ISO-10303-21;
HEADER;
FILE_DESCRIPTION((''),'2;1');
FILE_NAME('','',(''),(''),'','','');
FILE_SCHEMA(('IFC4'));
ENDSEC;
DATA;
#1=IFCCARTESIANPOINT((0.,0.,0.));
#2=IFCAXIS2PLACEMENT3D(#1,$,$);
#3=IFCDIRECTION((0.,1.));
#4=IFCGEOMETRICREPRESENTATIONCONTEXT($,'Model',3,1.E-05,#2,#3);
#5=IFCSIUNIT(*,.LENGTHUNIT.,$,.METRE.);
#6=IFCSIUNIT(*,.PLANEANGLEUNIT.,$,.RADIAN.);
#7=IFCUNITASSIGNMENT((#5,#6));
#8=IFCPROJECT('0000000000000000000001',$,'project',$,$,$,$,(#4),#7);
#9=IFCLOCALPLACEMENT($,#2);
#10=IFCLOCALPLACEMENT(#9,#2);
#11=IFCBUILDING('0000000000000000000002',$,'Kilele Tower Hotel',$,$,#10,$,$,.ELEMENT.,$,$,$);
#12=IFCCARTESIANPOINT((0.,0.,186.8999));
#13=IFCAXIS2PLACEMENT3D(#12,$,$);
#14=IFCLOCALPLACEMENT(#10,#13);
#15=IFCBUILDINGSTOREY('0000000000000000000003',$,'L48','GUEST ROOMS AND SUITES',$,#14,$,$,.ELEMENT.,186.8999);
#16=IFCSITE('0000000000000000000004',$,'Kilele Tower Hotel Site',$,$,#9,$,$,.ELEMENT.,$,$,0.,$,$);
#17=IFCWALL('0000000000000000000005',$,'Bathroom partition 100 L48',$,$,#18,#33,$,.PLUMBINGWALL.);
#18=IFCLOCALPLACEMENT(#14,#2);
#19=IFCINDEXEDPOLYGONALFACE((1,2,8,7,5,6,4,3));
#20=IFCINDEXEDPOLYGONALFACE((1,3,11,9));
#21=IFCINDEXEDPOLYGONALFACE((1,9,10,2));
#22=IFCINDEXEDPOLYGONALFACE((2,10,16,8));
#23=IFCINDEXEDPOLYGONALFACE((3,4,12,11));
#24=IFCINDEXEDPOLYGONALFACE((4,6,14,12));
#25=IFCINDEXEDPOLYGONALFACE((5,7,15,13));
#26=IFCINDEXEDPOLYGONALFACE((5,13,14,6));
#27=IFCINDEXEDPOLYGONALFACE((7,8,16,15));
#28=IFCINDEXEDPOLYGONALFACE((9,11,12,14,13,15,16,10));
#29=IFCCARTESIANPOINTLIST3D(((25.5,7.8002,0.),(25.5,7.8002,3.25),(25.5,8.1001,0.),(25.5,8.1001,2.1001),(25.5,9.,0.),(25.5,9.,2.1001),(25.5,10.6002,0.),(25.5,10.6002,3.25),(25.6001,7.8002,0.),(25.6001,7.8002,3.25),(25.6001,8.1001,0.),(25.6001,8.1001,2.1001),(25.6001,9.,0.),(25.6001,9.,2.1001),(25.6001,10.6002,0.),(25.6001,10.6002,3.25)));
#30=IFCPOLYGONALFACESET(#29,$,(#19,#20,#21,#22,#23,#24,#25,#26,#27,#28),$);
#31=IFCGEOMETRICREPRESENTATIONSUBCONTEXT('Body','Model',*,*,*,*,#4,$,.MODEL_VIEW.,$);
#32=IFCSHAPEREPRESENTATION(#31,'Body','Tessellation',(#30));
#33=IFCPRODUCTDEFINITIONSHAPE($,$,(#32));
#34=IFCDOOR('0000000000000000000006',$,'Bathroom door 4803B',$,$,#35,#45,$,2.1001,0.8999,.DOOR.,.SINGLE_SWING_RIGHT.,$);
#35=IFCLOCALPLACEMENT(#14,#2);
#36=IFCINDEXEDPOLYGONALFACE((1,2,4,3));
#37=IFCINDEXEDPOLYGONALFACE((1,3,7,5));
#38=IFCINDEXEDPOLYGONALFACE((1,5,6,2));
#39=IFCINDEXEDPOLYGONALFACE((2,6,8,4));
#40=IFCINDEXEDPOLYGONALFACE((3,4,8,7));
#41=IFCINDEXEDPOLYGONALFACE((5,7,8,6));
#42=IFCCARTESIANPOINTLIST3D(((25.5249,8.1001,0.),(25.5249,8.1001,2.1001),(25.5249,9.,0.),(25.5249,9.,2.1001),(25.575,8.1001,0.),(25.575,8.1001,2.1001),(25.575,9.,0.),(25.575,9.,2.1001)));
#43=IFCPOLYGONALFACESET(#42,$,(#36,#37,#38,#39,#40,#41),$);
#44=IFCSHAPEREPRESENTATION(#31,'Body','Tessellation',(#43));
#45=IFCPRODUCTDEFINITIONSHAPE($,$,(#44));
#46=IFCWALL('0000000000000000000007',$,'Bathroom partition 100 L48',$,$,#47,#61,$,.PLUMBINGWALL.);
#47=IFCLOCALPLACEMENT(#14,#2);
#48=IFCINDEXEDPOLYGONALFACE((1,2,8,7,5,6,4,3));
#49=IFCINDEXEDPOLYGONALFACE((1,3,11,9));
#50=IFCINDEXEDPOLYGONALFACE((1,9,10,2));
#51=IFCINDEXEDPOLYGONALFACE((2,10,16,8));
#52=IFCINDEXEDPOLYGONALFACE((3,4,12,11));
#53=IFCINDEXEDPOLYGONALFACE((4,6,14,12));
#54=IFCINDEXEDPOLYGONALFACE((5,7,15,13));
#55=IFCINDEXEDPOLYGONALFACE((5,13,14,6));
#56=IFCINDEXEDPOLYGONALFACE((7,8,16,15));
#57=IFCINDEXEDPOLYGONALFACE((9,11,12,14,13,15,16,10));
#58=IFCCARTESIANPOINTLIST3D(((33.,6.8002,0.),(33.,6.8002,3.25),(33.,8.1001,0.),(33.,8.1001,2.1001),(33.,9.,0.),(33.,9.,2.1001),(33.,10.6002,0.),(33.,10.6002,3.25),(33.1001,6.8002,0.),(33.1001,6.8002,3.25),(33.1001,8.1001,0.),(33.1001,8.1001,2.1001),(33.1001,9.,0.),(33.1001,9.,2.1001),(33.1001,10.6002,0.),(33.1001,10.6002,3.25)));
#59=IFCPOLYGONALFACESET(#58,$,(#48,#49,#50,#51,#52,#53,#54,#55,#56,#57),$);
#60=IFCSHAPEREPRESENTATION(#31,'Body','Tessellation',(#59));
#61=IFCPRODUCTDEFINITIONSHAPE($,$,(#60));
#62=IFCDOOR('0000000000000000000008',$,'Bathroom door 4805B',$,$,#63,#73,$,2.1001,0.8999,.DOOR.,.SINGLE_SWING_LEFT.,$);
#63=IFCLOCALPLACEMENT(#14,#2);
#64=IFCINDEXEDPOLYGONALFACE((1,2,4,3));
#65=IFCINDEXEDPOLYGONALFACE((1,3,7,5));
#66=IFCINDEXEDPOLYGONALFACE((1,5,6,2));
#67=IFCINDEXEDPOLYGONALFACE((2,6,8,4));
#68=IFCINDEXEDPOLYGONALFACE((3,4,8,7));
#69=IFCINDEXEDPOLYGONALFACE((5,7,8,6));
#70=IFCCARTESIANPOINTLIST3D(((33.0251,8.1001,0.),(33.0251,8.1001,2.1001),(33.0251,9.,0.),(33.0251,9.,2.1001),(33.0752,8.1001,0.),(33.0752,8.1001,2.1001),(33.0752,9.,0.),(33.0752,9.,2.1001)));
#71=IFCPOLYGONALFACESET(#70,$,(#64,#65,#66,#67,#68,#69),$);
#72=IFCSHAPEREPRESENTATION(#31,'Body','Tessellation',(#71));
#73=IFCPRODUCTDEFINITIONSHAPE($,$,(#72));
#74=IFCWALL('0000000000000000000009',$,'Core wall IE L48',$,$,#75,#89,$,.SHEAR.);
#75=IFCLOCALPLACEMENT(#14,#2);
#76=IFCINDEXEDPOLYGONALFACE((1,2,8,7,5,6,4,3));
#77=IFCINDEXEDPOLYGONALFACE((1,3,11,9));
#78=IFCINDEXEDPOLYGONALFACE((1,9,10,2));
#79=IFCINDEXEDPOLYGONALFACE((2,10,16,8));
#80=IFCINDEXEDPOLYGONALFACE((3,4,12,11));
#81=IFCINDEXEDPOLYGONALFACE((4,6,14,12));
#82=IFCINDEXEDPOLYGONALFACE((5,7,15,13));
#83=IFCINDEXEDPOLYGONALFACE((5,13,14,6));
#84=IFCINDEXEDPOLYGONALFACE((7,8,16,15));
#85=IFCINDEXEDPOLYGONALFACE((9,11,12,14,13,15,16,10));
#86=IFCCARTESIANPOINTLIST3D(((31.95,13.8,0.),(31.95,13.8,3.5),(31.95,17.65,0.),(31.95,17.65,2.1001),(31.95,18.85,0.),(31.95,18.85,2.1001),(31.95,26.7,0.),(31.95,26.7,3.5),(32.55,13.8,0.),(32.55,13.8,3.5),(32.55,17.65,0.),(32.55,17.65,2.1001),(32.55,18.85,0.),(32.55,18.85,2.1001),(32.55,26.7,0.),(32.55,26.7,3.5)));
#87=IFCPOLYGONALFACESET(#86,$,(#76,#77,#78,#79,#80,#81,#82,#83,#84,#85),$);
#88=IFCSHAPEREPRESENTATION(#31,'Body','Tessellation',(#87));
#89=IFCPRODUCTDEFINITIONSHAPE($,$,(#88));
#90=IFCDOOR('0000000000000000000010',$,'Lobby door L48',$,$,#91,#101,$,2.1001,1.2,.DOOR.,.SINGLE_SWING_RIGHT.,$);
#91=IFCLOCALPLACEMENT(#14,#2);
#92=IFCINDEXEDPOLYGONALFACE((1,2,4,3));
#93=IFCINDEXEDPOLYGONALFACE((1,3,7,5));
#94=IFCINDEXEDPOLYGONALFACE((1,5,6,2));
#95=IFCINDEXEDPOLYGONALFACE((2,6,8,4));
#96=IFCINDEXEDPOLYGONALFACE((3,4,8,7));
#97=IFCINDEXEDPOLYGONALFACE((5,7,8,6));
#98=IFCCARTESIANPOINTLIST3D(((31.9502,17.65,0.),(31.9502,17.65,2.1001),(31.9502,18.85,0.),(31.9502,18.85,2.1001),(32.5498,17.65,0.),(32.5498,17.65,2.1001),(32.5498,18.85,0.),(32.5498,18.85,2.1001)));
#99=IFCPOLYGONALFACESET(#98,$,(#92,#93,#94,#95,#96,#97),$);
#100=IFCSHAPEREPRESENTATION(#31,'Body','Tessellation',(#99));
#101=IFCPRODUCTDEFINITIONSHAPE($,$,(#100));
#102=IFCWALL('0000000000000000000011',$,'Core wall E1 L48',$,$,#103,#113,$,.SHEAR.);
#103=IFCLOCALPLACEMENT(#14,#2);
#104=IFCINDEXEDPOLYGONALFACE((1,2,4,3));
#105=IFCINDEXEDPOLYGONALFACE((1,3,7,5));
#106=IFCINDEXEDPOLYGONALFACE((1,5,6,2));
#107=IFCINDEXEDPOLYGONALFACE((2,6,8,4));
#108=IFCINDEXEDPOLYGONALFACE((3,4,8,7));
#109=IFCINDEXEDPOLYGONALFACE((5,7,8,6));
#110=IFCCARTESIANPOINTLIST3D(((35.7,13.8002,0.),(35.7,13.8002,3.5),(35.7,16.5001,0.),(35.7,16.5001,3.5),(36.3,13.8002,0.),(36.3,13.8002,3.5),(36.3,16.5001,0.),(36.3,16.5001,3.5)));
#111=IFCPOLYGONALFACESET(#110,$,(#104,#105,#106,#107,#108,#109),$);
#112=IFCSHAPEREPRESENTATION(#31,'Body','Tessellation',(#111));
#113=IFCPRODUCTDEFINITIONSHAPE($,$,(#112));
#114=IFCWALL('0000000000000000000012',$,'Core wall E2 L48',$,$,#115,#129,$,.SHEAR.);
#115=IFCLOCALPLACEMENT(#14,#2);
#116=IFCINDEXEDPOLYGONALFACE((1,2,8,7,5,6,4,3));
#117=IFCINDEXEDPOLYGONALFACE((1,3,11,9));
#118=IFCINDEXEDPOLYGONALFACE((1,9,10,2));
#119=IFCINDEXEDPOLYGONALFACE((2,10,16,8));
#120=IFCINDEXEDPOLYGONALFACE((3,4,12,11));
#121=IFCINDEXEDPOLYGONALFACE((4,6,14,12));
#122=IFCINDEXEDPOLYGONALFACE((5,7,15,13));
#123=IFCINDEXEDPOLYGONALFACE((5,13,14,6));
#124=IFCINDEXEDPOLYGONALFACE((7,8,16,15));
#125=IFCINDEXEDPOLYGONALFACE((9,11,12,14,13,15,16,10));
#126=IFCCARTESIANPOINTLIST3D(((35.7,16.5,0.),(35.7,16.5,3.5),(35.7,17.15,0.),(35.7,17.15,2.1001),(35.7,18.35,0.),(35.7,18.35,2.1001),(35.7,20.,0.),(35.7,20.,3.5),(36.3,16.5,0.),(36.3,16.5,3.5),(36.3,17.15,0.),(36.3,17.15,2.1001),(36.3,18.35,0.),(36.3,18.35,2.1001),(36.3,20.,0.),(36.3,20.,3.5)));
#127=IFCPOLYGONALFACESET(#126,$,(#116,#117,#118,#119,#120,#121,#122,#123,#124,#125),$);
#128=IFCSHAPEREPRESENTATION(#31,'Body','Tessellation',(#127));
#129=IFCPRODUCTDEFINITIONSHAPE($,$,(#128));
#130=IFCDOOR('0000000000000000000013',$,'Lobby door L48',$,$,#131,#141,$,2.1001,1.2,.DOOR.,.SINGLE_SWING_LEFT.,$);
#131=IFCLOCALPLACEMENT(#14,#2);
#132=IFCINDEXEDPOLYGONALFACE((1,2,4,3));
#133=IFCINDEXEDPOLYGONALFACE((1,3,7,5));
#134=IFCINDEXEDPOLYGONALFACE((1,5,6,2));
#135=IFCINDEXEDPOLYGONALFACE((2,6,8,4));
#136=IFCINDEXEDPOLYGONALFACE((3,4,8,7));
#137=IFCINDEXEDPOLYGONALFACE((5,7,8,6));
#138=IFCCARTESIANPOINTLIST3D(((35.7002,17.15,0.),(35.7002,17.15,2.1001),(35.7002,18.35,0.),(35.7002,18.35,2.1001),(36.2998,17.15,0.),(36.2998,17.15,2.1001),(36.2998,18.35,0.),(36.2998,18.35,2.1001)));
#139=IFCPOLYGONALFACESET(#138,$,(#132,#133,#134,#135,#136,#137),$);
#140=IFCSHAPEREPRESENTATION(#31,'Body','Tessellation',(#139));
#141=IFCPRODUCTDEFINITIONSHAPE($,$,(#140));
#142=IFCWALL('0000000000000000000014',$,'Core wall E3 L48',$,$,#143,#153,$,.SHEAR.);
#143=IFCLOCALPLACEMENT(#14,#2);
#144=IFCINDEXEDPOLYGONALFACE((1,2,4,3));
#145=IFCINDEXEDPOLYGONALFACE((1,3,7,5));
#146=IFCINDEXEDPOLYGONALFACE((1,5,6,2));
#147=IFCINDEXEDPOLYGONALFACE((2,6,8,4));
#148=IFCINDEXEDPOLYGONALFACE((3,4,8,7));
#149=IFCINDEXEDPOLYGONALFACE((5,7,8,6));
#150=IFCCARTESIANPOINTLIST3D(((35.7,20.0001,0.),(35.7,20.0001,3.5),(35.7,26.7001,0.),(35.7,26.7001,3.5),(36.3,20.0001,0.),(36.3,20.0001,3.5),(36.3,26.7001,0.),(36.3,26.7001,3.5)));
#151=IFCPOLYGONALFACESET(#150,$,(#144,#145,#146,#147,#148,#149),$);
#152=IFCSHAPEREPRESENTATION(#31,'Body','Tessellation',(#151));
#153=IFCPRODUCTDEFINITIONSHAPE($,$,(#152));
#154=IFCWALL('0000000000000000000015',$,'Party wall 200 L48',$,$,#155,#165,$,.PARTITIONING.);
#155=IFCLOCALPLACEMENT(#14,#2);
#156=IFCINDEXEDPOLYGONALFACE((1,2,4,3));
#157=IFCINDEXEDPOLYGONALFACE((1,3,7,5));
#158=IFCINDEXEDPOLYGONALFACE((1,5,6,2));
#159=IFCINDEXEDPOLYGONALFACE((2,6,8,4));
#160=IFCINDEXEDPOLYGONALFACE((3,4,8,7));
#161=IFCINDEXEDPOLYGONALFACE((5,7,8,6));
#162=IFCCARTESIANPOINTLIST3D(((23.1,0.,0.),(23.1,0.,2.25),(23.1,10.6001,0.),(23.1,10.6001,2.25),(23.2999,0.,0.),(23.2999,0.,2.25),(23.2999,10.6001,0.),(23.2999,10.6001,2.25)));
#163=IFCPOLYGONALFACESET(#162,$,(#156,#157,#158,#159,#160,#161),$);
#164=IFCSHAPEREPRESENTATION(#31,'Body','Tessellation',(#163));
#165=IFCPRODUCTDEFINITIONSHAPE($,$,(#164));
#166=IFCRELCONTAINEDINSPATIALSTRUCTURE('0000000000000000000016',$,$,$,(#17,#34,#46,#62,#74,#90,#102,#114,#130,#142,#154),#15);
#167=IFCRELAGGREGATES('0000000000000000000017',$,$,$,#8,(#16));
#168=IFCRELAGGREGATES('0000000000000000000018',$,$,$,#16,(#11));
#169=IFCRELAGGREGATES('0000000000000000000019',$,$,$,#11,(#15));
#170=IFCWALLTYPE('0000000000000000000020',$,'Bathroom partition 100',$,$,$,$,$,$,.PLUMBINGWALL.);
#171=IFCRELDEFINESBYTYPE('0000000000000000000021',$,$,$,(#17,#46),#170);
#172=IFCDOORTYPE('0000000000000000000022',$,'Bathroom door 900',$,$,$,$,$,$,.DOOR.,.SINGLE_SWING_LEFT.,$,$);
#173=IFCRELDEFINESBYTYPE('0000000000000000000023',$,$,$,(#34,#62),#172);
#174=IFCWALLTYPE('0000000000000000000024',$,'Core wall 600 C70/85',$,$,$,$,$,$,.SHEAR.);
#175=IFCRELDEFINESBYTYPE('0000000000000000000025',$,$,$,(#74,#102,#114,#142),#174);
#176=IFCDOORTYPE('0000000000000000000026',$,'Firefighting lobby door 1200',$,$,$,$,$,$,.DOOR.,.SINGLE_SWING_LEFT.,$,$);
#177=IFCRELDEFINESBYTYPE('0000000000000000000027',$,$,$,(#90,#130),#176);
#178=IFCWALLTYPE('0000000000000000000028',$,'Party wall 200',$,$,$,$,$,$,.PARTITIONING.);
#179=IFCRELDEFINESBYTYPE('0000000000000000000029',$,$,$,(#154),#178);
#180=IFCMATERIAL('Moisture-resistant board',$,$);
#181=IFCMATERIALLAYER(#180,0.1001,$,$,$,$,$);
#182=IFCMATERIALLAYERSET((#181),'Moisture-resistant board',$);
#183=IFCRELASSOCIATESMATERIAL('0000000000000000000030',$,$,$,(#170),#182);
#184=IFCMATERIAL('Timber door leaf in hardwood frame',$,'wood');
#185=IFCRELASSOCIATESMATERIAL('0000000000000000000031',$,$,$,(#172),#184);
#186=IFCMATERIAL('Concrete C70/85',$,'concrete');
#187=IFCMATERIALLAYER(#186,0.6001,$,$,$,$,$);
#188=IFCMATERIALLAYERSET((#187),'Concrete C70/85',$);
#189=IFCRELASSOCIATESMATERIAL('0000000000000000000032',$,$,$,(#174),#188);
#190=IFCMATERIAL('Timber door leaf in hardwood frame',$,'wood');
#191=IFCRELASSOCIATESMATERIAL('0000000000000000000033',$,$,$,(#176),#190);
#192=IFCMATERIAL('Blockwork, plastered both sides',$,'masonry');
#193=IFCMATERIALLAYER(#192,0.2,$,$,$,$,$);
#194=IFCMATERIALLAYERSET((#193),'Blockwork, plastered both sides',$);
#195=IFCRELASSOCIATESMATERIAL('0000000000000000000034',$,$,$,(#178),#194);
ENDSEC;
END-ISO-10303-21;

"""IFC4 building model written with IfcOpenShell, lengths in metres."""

from ifc_helpers import new_model, si_unit, direction, frame, frame_2d, origin, place, context, subcontext, project, spatial, rectangle, extrude, material, layer, layer_set, type_object, element, fill, save


model = new_model("IFC4")

# Units and contexts
model_context = context("Model", 3, precision=1e-05, world=origin(), true_north=direction((0.0, 1.0)))
body_context = subcontext(model_context, "Body", "Model", "MODEL_VIEW")
ifc_project = project(units=[si_unit("LENGTHUNIT", "METRE"), si_unit("PLANEANGLEUNIT", "RADIAN")], contexts=[model_context])

# Site, building, storey
site_placement = place(None, origin())
site = spatial("IfcSite", under=ifc_project, at=site_placement, Name="Kilele Tower Hotel Site", CompositionType="ELEMENT", RefElevation=0.0)
building_placement = place(site_placement, origin())
building = spatial("IfcBuilding", under=site, at=building_placement, Name="Kilele Tower Hotel", CompositionType="ELEMENT")
storey_placement = place(building_placement, frame((0.0, 0.0, 186.8999)))
storey = spatial("IfcBuildingStorey", under=building, at=storey_placement, Name="L48", Description="GUEST ROOMS AND SUITES", CompositionType="ELEMENT", Elevation=186.8999)

# Walls, openings, doors
ifc_material_1 = material(Name="Moisture-resistant board")
ifc_layer_1 = layer(ifc_material_1, 0.1001)
ifc_layer_set_1 = layer_set([ifc_layer_1], Name="Moisture-resistant board")
wall_type_1 = type_object("IfcWallType", Name="Bathroom partition 100", PredefinedType="PLUMBINGWALL", material=ifc_layer_set_1)
wall_1_placement = place(storey_placement, frame((25.55, 10.6001, 0.0), z_axis=(0.0, 0.0, 1.0), x_axis=(0.0, -1.0, 0.0)))
wall_1 = element("IfcWall", 1, at=wall_1_placement, inside=storey, type_object=wall_type_1, Name="Bathroom partition 100 L48", PredefinedType="PLUMBINGWALL", context=body_context, shape_type="SweptSolid", body=[
    extrude(rectangle(XDim=2.8, YDim=0.1001, at=frame_2d((1.3999, 0.0))), origin(), (0.0, 0.0, 1.0), 3.25),
])
opening_1_placement = place(wall_1_placement, frame((1.6001, 0.0, 0.0)))
opening_1 = element("IfcOpeningElement", 2, at=opening_1_placement, cuts=wall_1, PredefinedType="OPENING", context=body_context, shape_type="SweptSolid", body=[
    extrude(rectangle(XDim=0.8999, YDim=2.1001, at=frame_2d((0.45, 1.05))), frame((0.0, 0.0601, 0.0), z_axis=(0.0, -1.0, 0.0), x_axis=(1.0, 0.0, 0.0)), (0.0, 0.0, 1.0), 0.1201),
])
ifc_material_2 = material(Name="Timber door leaf in hardwood frame", Category="wood")
door_type_1 = type_object("IfcDoorType", Name="Bathroom door 900", OperationType="SINGLE_SWING_LEFT", PredefinedType="DOOR", material=ifc_material_2)
door_1_placement = place(opening_1_placement, origin())
door_1 = element("IfcDoor", 3, at=door_1_placement, inside=storey, type_object=door_type_1, Name="Bathroom door 4803B", OperationType="SINGLE_SWING_RIGHT", OverallHeight=2.1001, OverallWidth=0.8999, PredefinedType="DOOR", context=body_context, shape_type="SweptSolid", body=[
    extrude(rectangle(XDim=0.8999, YDim=2.1001, at=frame_2d((0.45, 1.05))), frame((0.0, 0.0249, 0.0), z_axis=(0.0, -1.0, 0.0), x_axis=(1.0, 0.0, 0.0)), (0.0, 0.0, 1.0), 0.05),
])
fill(opening_1, door_1)
wall_2_placement = place(storey_placement, frame((33.05, 10.6001, 0.0), z_axis=(0.0, 0.0, 1.0), x_axis=(0.0, -1.0, 0.0)))
wall_2 = element("IfcWall", 4, at=wall_2_placement, inside=storey, type_object=wall_type_1, Name="Bathroom partition 100 L48", PredefinedType="PLUMBINGWALL", context=body_context, shape_type="SweptSolid", body=[
    extrude(rectangle(XDim=3.8, YDim=0.1001, at=frame_2d((1.8999, 0.0))), origin(), (0.0, 0.0, 1.0), 3.25),
])
opening_2_placement = place(wall_2_placement, frame((2.5, 0.0, 0.0), z_axis=(0.0, 0.0, 1.0), x_axis=(-1.0, 0.0, 0.0)))
opening_2 = element("IfcOpeningElement", 5, at=opening_2_placement, cuts=wall_2, PredefinedType="OPENING", context=body_context, shape_type="SweptSolid", body=[
    extrude(rectangle(XDim=0.8999, YDim=2.1001, at=frame_2d((0.45, 1.05))), frame((0.0, 0.0601, 0.0), z_axis=(0.0, -1.0, 0.0), x_axis=(1.0, 0.0, 0.0)), (0.0, 0.0, 1.0), 0.1201),
])
door_2_placement = place(opening_2_placement, origin())
door_2 = element("IfcDoor", 6, at=door_2_placement, inside=storey, type_object=door_type_1, Name="Bathroom door 4805B", OperationType="SINGLE_SWING_LEFT", OverallHeight=2.1001, OverallWidth=0.8999, PredefinedType="DOOR", context=body_context, shape_type="SweptSolid", body=[
    extrude(rectangle(XDim=0.8999, YDim=2.1001, at=frame_2d((0.45, 1.05))), frame((0.0, 0.0249, 0.0), z_axis=(0.0, -1.0, 0.0), x_axis=(1.0, 0.0, 0.0)), (0.0, 0.0, 1.0), 0.05),
])
fill(opening_2, door_2)
ifc_material_3 = material(Name="Concrete C70/85", Category="concrete")
ifc_layer_2 = layer(ifc_material_3, 0.6001)
ifc_layer_set_2 = layer_set([ifc_layer_2], Name="Concrete C70/85")
wall_type_2 = type_object("IfcWallType", Name="Core wall 600 C70/85", PredefinedType="SHEAR", material=ifc_layer_set_2)
wall_3_placement = place(storey_placement, frame((32.25, 13.8, 0.0), z_axis=(0.0, 0.0, 1.0), x_axis=(0.0, 1.0, 0.0)))
wall_3 = element("IfcWall", 7, at=wall_3_placement, inside=storey, type_object=wall_type_2, Name="Core wall IE L48", PredefinedType="SHEAR", context=body_context, shape_type="SweptSolid", body=[
    extrude(rectangle(XDim=12.8999, YDim=0.6001, at=frame_2d((6.45, 0.0))), origin(), (0.0, 0.0, 1.0), 3.5),
])
opening_3_placement = place(wall_3_placement, frame((5.05, 0.0, 0.0), z_axis=(0.0, 0.0, 1.0), x_axis=(-1.0, 0.0, 0.0)))
opening_3 = element("IfcOpeningElement", 8, at=opening_3_placement, cuts=wall_3, PredefinedType="OPENING", context=body_context, shape_type="SweptSolid", body=[
    extrude(rectangle(XDim=1.2, YDim=2.1001, at=frame_2d((0.6001, 1.05))), frame((0.0, 0.3101, 0.0), z_axis=(0.0, -1.0, 0.0), x_axis=(1.0, 0.0, 0.0)), (0.0, 0.0, 1.0), 0.6201),
])
ifc_material_4 = material(Name="Timber door leaf in hardwood frame", Category="wood")
door_type_2 = type_object("IfcDoorType", Name="Firefighting lobby door 1200", OperationType="SINGLE_SWING_LEFT", PredefinedType="DOOR", material=ifc_material_4)
door_3_placement = place(opening_3_placement, origin())
door_3 = element("IfcDoor", 9, at=door_3_placement, inside=storey, type_object=door_type_2, Name="Lobby door L48", OperationType="SINGLE_SWING_RIGHT", OverallHeight=2.1001, OverallWidth=1.2, PredefinedType="DOOR", context=body_context, shape_type="SweptSolid", body=[
    extrude(rectangle(XDim=1.2, YDim=2.1001, at=frame_2d((0.6001, 1.05))), frame((0.0, 0.2998, 0.0), z_axis=(0.0, -1.0, 0.0), x_axis=(1.0, 0.0, 0.0)), (0.0, 0.0, 1.0), 0.5996),
])
fill(opening_3, door_3)

# Wall
wall_4_placement = place(storey_placement, frame((36.0, 13.8, 0.0), z_axis=(0.0, 0.0, 1.0), x_axis=(0.0, 1.0, 0.0)))
element("IfcWall", 10, at=wall_4_placement, inside=storey, type_object=wall_type_2, Name="Core wall E1 L48", PredefinedType="SHEAR", context=body_context, shape_type="SweptSolid", body=[
    extrude(rectangle(XDim=2.7, YDim=0.6001, at=frame_2d((1.3501, 0.0))), origin(), (0.0, 0.0, 1.0), 3.5),
])

# Wall, opening, door
wall_5_placement = place(storey_placement, frame((36.0, 16.5, 0.0), z_axis=(0.0, 0.0, 1.0), x_axis=(0.0, 1.0, 0.0)))
wall_5 = element("IfcWall", 11, at=wall_5_placement, inside=storey, type_object=wall_type_2, Name="Core wall E2 L48", PredefinedType="SHEAR", context=body_context, shape_type="SweptSolid", body=[
    extrude(rectangle(XDim=3.5, YDim=0.6001, at=frame_2d((1.75, 0.0))), origin(), (0.0, 0.0, 1.0), 3.5),
])
opening_4_placement = place(wall_5_placement, frame((0.6499, 0.0, 0.0)))
opening_4 = element("IfcOpeningElement", 12, at=opening_4_placement, cuts=wall_5, PredefinedType="OPENING", context=body_context, shape_type="SweptSolid", body=[
    extrude(rectangle(XDim=1.2, YDim=2.1001, at=frame_2d((0.6001, 1.05))), frame((0.0, 0.3101, 0.0), z_axis=(0.0, -1.0, 0.0), x_axis=(1.0, 0.0, 0.0)), (0.0, 0.0, 1.0), 0.6201),
])
door_4_placement = place(opening_4_placement, origin())
door_4 = element("IfcDoor", 13, at=door_4_placement, inside=storey, type_object=door_type_2, Name="Lobby door L48", OperationType="SINGLE_SWING_LEFT", OverallHeight=2.1001, OverallWidth=1.2, PredefinedType="DOOR", context=body_context, shape_type="SweptSolid", body=[
    extrude(rectangle(XDim=1.2, YDim=2.1001, at=frame_2d((0.6001, 1.05))), frame((0.0, 0.2998, 0.0), z_axis=(0.0, -1.0, 0.0), x_axis=(1.0, 0.0, 0.0)), (0.0, 0.0, 1.0), 0.5996),
])
fill(opening_4, door_4)

# Walls
wall_6_placement = place(storey_placement, frame((36.0, 20.0, 0.0), z_axis=(0.0, 0.0, 1.0), x_axis=(0.0, 1.0, 0.0)))
element("IfcWall", 14, at=wall_6_placement, inside=storey, type_object=wall_type_2, Name="Core wall E3 L48", PredefinedType="SHEAR", context=body_context, shape_type="SweptSolid", body=[
    extrude(rectangle(XDim=6.7, YDim=0.6001, at=frame_2d((3.3501, 0.0))), origin(), (0.0, 0.0, 1.0), 3.5),
])
ifc_material_5 = material(Name="Blockwork, plastered both sides", Category="masonry")
ifc_layer_3 = layer(ifc_material_5, 0.2)
ifc_layer_set_3 = layer_set([ifc_layer_3], Name="Blockwork, plastered both sides")
wall_type_3 = type_object("IfcWallType", Name="Party wall 200", PredefinedType="PARTITIONING", material=ifc_layer_set_3)
wall_7_placement = place(storey_placement, frame((23.2, 10.6001, 0.0), z_axis=(0.0, 0.0, 1.0), x_axis=(0.0, -1.0, 0.0)))
element("IfcWall", 15, at=wall_7_placement, inside=storey, type_object=wall_type_3, Name="Party wall 200 L48", PredefinedType="PARTITIONING", context=body_context, shape_type="SweptSolid", body=[
    extrude(rectangle(XDim=10.6001, YDim=0.2, at=frame_2d((5.3, 0.0))), origin(), (0.0, 0.0, 1.0), 2.25),
])

save(model, "model.ifc")
